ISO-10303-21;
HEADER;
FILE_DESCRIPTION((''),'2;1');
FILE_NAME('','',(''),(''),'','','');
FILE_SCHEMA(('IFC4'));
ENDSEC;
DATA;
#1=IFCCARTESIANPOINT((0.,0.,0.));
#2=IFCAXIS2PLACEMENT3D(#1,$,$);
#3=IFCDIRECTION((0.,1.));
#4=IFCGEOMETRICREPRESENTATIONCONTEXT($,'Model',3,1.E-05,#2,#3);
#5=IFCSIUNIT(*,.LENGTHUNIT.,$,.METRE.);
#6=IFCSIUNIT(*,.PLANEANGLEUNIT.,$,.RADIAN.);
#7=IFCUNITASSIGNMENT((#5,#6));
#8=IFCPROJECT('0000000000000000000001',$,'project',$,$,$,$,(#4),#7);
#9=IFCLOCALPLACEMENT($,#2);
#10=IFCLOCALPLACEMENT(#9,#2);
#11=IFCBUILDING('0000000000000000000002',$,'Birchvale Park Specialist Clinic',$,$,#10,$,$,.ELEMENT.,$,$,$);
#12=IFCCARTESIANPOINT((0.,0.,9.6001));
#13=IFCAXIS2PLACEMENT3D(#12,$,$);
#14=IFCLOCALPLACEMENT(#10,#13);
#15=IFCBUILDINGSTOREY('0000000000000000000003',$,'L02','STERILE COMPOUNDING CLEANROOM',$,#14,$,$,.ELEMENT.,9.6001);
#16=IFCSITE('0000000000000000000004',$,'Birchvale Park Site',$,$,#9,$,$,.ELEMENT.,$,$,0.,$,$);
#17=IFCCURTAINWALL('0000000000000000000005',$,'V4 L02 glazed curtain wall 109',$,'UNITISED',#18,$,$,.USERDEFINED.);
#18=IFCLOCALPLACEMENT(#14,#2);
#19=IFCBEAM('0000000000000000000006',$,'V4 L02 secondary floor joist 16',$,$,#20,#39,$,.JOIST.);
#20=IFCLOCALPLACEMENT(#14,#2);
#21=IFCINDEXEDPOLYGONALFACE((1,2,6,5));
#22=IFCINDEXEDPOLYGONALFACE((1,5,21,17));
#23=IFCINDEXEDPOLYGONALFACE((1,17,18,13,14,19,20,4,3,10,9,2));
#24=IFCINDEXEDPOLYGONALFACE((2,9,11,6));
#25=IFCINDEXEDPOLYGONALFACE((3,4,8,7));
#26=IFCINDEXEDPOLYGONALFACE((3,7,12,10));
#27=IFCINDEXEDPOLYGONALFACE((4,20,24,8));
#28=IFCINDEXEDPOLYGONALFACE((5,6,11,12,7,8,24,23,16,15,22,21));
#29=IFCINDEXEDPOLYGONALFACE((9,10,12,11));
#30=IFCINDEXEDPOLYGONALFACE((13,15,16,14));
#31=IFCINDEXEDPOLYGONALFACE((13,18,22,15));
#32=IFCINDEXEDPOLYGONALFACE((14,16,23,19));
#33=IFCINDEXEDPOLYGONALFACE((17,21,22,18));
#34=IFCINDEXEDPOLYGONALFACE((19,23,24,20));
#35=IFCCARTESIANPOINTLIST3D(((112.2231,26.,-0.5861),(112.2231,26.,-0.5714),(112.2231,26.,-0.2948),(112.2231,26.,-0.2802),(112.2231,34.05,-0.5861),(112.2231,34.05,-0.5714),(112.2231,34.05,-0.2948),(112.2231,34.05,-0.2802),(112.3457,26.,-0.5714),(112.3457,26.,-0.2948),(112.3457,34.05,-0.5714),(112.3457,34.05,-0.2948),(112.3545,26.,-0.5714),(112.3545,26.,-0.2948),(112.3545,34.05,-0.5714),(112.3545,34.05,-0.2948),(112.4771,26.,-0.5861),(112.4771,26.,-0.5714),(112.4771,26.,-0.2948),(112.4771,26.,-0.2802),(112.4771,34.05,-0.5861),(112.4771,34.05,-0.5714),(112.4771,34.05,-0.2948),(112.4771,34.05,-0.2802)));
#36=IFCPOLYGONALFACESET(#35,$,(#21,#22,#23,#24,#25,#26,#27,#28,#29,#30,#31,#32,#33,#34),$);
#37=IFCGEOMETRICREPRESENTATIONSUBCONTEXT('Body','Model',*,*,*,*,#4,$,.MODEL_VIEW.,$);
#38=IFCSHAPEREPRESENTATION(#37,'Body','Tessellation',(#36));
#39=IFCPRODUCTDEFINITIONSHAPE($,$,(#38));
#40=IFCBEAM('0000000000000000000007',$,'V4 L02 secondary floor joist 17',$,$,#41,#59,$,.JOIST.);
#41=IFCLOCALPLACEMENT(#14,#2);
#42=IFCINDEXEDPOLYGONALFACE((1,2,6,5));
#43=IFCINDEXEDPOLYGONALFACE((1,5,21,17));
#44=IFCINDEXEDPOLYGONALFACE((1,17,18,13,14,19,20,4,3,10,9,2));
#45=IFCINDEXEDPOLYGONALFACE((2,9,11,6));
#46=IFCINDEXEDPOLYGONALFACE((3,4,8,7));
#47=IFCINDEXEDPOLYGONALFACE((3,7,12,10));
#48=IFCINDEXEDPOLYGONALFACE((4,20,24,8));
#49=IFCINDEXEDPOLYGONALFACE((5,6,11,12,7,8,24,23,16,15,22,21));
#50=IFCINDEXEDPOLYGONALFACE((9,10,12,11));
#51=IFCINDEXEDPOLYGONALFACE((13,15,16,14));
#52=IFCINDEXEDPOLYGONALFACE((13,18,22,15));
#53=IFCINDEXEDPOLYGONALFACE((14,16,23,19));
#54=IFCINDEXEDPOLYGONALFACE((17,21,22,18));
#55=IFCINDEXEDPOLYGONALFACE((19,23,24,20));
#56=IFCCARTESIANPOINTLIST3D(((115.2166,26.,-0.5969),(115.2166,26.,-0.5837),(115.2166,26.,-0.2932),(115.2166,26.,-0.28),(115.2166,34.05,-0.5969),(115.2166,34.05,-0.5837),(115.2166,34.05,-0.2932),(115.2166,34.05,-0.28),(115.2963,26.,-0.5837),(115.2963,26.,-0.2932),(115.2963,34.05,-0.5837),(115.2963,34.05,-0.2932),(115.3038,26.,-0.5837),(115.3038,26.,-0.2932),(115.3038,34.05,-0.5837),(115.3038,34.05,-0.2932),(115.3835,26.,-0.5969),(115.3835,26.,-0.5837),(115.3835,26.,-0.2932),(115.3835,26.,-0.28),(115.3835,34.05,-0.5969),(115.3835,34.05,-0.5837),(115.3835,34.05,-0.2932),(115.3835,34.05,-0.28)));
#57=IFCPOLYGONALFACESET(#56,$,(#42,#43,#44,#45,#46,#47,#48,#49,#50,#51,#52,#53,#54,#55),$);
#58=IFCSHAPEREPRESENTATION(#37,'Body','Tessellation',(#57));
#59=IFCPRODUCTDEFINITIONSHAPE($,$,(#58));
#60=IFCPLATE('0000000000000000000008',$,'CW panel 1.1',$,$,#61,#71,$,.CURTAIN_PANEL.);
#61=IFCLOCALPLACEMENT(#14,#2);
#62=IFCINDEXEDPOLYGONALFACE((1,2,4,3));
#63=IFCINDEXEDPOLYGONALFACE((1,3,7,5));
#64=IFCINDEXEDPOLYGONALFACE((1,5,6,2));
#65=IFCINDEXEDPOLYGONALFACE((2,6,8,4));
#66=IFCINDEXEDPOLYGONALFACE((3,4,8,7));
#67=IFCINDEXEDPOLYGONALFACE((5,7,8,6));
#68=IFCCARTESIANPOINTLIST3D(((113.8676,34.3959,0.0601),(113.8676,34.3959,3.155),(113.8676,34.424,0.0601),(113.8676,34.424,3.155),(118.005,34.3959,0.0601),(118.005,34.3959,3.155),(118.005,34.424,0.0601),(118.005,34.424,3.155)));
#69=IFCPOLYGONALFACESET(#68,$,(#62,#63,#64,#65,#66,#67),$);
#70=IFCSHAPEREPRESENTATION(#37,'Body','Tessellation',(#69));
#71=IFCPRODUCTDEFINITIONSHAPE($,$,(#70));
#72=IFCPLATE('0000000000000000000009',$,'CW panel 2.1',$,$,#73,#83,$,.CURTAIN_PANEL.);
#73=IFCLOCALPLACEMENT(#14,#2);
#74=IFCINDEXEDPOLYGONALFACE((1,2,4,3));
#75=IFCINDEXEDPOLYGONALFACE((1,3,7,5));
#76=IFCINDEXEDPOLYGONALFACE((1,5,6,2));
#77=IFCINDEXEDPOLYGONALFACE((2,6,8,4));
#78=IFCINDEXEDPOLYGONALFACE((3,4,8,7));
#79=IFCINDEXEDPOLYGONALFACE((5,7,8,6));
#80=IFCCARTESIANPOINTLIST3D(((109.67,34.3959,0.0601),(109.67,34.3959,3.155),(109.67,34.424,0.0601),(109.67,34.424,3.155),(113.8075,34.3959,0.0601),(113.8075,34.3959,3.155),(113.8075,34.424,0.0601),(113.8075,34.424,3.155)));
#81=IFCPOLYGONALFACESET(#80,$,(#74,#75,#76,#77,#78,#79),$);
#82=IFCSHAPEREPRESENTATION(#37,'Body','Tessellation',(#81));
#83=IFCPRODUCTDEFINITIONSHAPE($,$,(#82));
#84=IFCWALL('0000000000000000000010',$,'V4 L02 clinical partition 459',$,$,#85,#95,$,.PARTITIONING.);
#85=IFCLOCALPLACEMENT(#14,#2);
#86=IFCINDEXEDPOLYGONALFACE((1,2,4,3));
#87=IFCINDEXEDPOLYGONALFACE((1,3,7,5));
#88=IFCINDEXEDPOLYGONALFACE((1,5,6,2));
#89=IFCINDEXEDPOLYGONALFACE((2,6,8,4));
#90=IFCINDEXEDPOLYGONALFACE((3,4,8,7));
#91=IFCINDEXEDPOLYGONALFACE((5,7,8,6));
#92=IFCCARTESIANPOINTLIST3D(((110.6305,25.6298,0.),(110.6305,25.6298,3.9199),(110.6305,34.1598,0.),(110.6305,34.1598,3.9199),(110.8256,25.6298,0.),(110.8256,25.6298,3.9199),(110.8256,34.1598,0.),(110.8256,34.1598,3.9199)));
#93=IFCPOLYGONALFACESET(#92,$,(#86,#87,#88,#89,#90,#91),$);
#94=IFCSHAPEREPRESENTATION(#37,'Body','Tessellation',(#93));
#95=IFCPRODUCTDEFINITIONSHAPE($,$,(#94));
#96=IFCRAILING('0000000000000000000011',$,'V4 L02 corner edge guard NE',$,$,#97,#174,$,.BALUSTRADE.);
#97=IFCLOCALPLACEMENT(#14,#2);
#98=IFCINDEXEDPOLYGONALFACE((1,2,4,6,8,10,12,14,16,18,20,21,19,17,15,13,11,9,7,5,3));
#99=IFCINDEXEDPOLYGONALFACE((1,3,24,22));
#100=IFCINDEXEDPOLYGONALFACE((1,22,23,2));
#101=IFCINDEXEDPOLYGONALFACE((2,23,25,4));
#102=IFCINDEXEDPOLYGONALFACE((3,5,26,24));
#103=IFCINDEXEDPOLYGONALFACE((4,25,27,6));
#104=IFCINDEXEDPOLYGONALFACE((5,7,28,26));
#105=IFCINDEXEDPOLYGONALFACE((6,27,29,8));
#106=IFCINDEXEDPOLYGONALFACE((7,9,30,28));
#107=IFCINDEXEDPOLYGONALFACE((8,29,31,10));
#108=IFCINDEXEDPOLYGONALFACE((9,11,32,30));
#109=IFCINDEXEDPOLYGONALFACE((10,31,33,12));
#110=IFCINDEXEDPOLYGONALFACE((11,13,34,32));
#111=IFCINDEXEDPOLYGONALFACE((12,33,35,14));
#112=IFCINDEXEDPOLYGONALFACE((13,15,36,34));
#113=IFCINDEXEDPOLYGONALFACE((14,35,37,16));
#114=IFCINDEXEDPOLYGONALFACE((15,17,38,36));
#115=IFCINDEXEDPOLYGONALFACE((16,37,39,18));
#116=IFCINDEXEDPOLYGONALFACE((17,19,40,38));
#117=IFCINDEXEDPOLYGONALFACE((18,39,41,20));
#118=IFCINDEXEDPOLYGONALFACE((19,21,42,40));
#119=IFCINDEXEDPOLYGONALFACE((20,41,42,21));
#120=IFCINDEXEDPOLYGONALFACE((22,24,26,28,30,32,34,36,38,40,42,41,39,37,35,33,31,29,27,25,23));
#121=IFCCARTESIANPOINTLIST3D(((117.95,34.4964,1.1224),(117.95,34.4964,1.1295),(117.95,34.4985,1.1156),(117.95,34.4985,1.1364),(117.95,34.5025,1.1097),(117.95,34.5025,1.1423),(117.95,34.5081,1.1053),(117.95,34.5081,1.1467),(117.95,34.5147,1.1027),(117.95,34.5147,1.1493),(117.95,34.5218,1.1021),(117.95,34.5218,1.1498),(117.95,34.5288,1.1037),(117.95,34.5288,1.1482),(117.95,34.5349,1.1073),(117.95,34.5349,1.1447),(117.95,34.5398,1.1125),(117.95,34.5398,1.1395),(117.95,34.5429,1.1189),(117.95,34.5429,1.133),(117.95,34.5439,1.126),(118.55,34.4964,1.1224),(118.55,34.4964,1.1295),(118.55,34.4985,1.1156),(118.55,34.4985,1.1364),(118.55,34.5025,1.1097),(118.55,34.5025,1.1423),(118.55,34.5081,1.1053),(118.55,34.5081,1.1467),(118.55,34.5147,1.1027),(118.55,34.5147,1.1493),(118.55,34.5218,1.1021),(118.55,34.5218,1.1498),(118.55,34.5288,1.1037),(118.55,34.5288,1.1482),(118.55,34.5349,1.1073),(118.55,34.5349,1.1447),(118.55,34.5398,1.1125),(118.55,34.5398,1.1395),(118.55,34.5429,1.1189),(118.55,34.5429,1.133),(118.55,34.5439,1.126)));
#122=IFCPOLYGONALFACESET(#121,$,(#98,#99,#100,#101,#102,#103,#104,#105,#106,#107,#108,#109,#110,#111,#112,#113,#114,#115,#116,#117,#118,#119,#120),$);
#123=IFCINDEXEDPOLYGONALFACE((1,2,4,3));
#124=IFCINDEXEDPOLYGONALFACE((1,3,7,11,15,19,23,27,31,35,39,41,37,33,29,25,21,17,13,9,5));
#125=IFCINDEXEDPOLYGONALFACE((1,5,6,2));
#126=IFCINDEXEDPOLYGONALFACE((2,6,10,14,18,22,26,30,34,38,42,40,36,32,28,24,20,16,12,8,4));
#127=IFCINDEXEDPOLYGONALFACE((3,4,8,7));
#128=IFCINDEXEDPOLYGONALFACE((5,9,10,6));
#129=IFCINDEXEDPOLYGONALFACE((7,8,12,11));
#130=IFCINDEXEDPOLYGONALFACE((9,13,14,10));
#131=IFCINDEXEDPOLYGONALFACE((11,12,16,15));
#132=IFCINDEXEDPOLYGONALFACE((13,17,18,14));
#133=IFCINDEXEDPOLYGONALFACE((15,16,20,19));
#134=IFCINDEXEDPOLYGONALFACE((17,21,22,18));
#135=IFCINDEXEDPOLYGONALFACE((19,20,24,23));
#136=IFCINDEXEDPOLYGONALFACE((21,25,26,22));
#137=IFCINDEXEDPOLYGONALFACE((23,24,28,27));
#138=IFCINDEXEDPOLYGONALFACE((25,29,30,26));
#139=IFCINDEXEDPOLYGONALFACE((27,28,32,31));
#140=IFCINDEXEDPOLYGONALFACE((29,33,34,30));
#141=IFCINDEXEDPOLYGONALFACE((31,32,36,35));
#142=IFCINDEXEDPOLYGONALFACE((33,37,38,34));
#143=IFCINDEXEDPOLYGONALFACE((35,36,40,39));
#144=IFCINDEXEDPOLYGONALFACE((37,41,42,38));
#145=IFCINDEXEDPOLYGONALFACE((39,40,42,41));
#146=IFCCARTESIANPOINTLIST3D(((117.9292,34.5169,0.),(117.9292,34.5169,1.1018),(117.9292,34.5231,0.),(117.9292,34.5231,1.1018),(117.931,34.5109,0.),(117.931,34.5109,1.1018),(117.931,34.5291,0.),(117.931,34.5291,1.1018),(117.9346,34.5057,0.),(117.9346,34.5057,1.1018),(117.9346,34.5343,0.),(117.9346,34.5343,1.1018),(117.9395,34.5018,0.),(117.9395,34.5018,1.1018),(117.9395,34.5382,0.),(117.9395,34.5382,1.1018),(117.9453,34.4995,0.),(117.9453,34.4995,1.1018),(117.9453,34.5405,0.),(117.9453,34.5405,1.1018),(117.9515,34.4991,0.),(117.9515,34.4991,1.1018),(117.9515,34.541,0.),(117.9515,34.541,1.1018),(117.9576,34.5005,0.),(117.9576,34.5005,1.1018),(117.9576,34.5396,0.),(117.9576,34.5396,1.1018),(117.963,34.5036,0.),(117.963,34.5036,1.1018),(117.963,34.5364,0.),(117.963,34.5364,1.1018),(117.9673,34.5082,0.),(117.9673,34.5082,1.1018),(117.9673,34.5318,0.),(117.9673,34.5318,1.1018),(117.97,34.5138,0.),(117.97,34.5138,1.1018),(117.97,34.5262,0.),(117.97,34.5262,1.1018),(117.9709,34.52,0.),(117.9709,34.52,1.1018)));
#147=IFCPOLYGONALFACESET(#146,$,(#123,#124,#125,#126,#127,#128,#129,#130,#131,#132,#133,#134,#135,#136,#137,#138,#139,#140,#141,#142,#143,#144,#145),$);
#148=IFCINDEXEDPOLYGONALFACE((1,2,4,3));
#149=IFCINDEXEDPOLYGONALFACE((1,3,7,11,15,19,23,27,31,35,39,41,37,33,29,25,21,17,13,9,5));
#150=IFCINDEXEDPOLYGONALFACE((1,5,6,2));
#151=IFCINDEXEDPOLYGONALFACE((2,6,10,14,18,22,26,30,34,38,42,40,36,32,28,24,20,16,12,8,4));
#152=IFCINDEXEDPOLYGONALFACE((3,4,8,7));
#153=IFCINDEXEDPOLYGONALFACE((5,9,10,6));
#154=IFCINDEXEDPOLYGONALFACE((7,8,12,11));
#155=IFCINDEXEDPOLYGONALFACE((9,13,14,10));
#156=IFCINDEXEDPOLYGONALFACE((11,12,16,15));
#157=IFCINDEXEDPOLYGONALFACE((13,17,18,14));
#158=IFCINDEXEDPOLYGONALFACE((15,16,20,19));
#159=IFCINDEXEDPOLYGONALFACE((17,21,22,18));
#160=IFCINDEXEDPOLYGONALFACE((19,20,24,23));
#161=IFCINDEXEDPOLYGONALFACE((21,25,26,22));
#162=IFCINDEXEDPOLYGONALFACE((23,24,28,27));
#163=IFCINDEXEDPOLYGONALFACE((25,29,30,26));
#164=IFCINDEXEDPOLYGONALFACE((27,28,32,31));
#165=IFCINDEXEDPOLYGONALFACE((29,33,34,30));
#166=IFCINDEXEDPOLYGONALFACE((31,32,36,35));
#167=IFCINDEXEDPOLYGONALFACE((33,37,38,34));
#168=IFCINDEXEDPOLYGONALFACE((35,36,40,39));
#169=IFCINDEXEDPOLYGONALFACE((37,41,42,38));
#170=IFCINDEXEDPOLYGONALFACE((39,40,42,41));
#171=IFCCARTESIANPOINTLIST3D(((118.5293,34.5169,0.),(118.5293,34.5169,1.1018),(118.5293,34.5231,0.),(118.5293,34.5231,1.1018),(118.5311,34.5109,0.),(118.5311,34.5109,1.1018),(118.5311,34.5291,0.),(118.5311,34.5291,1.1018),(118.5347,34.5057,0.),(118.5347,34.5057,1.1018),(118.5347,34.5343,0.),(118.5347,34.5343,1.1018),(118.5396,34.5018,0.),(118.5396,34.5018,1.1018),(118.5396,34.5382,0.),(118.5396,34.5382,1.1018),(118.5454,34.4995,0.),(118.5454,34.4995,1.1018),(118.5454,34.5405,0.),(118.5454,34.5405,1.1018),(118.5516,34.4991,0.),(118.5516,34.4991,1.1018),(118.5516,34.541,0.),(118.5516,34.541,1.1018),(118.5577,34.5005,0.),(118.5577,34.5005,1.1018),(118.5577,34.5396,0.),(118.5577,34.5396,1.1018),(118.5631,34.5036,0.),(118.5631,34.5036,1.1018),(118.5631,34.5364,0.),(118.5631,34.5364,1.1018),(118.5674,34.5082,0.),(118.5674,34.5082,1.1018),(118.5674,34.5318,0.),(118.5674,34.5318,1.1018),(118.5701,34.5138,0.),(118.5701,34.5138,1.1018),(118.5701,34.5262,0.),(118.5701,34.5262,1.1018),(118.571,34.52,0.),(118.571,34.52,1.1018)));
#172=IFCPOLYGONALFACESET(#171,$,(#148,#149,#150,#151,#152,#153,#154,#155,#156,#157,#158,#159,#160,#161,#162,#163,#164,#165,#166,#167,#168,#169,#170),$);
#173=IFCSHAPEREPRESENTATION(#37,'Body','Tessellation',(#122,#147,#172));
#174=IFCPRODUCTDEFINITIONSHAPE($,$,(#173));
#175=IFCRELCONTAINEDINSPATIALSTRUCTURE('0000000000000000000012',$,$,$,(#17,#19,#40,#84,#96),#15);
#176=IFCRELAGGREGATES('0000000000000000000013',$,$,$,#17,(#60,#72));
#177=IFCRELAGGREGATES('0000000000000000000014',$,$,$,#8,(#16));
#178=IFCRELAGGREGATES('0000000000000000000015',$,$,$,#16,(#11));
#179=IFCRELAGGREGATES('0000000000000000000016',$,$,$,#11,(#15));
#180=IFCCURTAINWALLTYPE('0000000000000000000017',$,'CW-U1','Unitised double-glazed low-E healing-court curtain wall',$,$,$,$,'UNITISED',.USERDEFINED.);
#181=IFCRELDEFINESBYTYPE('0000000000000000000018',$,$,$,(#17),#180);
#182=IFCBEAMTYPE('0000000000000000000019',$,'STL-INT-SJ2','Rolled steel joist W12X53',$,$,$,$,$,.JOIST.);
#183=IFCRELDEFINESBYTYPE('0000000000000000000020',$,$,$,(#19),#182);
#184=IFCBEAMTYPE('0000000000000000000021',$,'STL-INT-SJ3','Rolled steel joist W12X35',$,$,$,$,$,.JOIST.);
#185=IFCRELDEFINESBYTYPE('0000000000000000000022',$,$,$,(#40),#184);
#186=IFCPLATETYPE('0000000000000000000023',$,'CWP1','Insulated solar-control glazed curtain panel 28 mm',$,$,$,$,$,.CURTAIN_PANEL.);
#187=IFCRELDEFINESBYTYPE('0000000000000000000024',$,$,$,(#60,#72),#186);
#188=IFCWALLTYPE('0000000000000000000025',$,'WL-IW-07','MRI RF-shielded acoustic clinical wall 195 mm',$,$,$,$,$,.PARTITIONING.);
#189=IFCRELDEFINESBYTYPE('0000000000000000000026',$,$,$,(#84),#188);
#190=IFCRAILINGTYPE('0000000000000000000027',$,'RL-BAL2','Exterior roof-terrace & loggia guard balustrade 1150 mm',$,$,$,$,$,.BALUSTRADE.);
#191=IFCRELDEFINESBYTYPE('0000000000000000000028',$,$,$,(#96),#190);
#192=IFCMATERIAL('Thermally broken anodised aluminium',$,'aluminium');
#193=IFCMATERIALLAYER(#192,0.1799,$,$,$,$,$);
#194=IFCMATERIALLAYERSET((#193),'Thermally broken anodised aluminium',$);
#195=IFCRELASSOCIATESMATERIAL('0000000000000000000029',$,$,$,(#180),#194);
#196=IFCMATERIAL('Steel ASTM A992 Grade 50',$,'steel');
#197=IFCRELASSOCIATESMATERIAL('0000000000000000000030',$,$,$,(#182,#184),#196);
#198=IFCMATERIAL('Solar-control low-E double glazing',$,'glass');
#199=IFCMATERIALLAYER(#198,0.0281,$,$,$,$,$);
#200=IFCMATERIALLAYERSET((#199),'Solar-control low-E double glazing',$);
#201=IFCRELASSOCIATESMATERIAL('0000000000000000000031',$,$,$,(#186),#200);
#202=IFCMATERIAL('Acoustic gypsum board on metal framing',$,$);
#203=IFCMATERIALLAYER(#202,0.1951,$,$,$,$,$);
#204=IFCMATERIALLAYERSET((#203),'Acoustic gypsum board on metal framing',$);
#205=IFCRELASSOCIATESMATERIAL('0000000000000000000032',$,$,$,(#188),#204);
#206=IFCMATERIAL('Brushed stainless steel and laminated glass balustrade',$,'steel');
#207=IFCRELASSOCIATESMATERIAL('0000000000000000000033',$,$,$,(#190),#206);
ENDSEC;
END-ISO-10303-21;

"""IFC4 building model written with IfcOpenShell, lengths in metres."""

from ifc_helpers import new_model, si_unit, direction, frame, frame_2d, origin, origin_2d, place, context, subcontext, project, spatial, rectangle, circle, i_section, extrude, material, layer, layer_set, material_profile, profile_set, type_object, element, aggregate, save


model = new_model("IFC4")

# Units and contexts
model_context = context("Model", 3, precision=1e-05, world=origin(), true_north=direction((0.0, 1.0)))
body_context = subcontext(model_context, "Body", "Model", "MODEL_VIEW")
ifc_project = project(units=[si_unit("LENGTHUNIT", "METRE"), si_unit("PLANEANGLEUNIT", "RADIAN")], contexts=[model_context])

# Site, building, storey
site_placement = place(None, origin())
site = spatial("IfcSite", under=ifc_project, at=site_placement, Name="Birchvale Park Site", CompositionType="ELEMENT", RefElevation=0.0)
building_placement = place(site_placement, origin())
building = spatial("IfcBuilding", under=site, at=building_placement, Name="Birchvale Park Specialist Clinic", CompositionType="ELEMENT")
storey_placement = place(building_placement, frame((0.0, 0.0, 9.6001)))
storey = spatial("IfcBuildingStorey", under=building, at=storey_placement, Name="L02", Description="STERILE COMPOUNDING CLEANROOM", CompositionType="ELEMENT", Elevation=9.6001)

# Curtain wall
ifc_material_1 = material(Name="Thermally broken anodised aluminium", Category="aluminium")
ifc_layer_1 = layer(ifc_material_1, 0.1799)
ifc_layer_set_1 = layer_set([ifc_layer_1], Name="Thermally broken anodised aluminium")
curtain_wall_type = type_object("IfcCurtainWallType", Name="CW-U1", Description="Unitised double-glazed low-E healing-court curtain wall", ElementType="UNITISED", PredefinedType="USERDEFINED", material=ifc_layer_set_1)
curtain_wall_1_placement = place(storey_placement, origin())
curtain_wall_1 = element("IfcCurtainWall", 1, at=curtain_wall_1_placement, inside=storey, type_object=curtain_wall_type, Name="V4 L02 glazed curtain wall 109", ObjectType="UNITISED", PredefinedType="USERDEFINED")

# Beams
ifc_material_2 = material(Name="Steel ASTM A992 Grade 50", Category="steel")
ifc_material_profile_1 = material_profile(ifc_material_2, i_section(OverallWidth=0.2539, OverallDepth=0.3059, WebThickness=0.0088, FlangeThickness=0.0146, at=origin_2d()), Name="W12X53")
ifc_profile_set_1 = profile_set([ifc_material_profile_1], Name="Steel ASTM A992 Grade 50")
beam_type_1 = type_object("IfcBeamType", Name="STL-INT-SJ2", Description="Rolled steel joist W12X53", PredefinedType="JOIST", material=ifc_profile_set_1)
beam_1_placement = place(storey_placement, frame((112.3501, 26.0, -0.4331), z_axis=(0.0, 1.0, 0.0), x_axis=(-1.0, 0.0, 0.0)))
element("IfcBeam", 2, at=beam_1_placement, inside=storey, type_object=beam_type_1, Name="V4 L02 secondary floor joist 16", PredefinedType="JOIST", context=body_context, shape_type="SweptSolid", body=[
    extrude(i_section(OverallWidth=0.2539, OverallDepth=0.3059, WebThickness=0.0088, FlangeThickness=0.0146, at=origin_2d()), origin(), (0.0, 0.0, 1.0), 8.05),
])
ifc_material_profile_2 = material_profile(ifc_material_2, i_section(OverallWidth=0.167, OverallDepth=0.3169, WebThickness=0.0076, FlangeThickness=0.0132, at=origin_2d()), Name="W12X35")
ifc_profile_set_2 = profile_set([ifc_material_profile_2], Name="Steel ASTM A992 Grade 50")
beam_type_2 = type_object("IfcBeamType", Name="STL-INT-SJ3", Description="Rolled steel joist W12X35", PredefinedType="JOIST", material=ifc_profile_set_2)
beam_2_placement = place(storey_placement, frame((115.3, 26.0, -0.4385), z_axis=(0.0, 1.0, 0.0), x_axis=(-1.0, 0.0, 0.0)))
element("IfcBeam", 3, at=beam_2_placement, inside=storey, type_object=beam_type_2, Name="V4 L02 secondary floor joist 17", PredefinedType="JOIST", context=body_context, shape_type="SweptSolid", body=[
    extrude(i_section(OverallWidth=0.167, OverallDepth=0.3169, WebThickness=0.0076, FlangeThickness=0.0132, at=origin_2d()), origin(), (0.0, 0.0, 1.0), 8.05),
])

# Plates
ifc_material_3 = material(Name="Solar-control low-E double glazing", Category="glass")
ifc_layer_2 = layer(ifc_material_3, 0.0281)
ifc_layer_set_2 = layer_set([ifc_layer_2], Name="Solar-control low-E double glazing")
plate_type = type_object("IfcPlateType", Name="CWP1", Description="Insulated solar-control glazed curtain panel 28 mm", PredefinedType="CURTAIN_PANEL", material=ifc_layer_set_2)
plate_1_placement = place(storey_placement, frame((115.9363, 34.4099, 0.0601), z_axis=(0.0, 0.0, 1.0), x_axis=(-1.0, 0.0, 0.0)))
plate_1 = element("IfcPlate", 4, at=plate_1_placement, type_object=plate_type, Name="CW panel 1.1", PredefinedType="CURTAIN_PANEL", context=body_context, shape_type="SweptSolid", body=[
    extrude(rectangle(XDim=4.1375, YDim=0.0281, at=origin_2d()), origin(), (0.0, 0.0, 1.0), 3.095),
])
plate_2_placement = place(storey_placement, frame((111.7388, 34.4099, 0.0601), z_axis=(0.0, 0.0, 1.0), x_axis=(-1.0, 0.0, 0.0)))
plate_2 = element("IfcPlate", 5, at=plate_2_placement, type_object=plate_type, Name="CW panel 2.1", PredefinedType="CURTAIN_PANEL", context=body_context, shape_type="SweptSolid", body=[
    extrude(rectangle(XDim=4.1375, YDim=0.0281, at=origin_2d()), origin(), (0.0, 0.0, 1.0), 3.095),
])
aggregate(curtain_wall_1, [plate_1, plate_2])

# Wall
ifc_material_4 = material(Name="Acoustic gypsum board on metal framing")
ifc_layer_3 = layer(ifc_material_4, 0.1951)
ifc_layer_set_3 = layer_set([ifc_layer_3], Name="Acoustic gypsum board on metal framing")
wall_type = type_object("IfcWallType", Name="WL-IW-07", Description="MRI RF-shielded acoustic clinical wall 195 mm", PredefinedType="PARTITIONING", material=ifc_layer_set_3)
wall_placement = place(storey_placement, frame((110.728, 34.1599, 0.0), z_axis=(0.0, 0.0, 1.0), x_axis=(0.0, -1.0, 0.0)))
element("IfcWall", 6, at=wall_placement, inside=storey, type_object=wall_type, Name="V4 L02 clinical partition 459", PredefinedType="PARTITIONING", context=body_context, shape_type="SweptSolid", body=[
    extrude(rectangle(XDim=8.53, YDim=0.1951, at=frame_2d((4.2651, 0.0))), origin(), (0.0, 0.0, 1.0), 3.9199),
])

# Railing
ifc_material_5 = material(Name="Brushed stainless steel and laminated glass balustrade", Category="steel")
railing_type = type_object("IfcRailingType", Name="RL-BAL2", Description="Exterior roof-terrace & loggia guard balustrade 1150 mm", PredefinedType="BALUSTRADE", material=ifc_material_5)
railing_placement = place(storey_placement, frame((117.95, 34.52, 0.0)))
element("IfcRailing", 7, at=railing_placement, inside=storey, type_object=railing_type, Name="V4 L02 corner edge guard NE", PredefinedType="BALUSTRADE", context=body_context, shape_type="SweptSolid", body=[
    extrude(circle(Radius=0.0239, at=origin_2d()), frame((0.0, 0.0, 1.126), z_axis=(1.0, 0.0, 0.0), x_axis=(0.0, 1.0, 0.0)), (0.0, 0.0, 1.0), 0.6001),
    extrude(circle(Radius=0.021, at=origin_2d()), origin(), (0.0, 0.0, 1.0), 1.1018),
    extrude(circle(Radius=0.021, at=origin_2d()), frame((0.6001, 0.0, 0.0)), (0.0, 0.0, 1.0), 1.1018),
])

save(model, "model.ifc")
